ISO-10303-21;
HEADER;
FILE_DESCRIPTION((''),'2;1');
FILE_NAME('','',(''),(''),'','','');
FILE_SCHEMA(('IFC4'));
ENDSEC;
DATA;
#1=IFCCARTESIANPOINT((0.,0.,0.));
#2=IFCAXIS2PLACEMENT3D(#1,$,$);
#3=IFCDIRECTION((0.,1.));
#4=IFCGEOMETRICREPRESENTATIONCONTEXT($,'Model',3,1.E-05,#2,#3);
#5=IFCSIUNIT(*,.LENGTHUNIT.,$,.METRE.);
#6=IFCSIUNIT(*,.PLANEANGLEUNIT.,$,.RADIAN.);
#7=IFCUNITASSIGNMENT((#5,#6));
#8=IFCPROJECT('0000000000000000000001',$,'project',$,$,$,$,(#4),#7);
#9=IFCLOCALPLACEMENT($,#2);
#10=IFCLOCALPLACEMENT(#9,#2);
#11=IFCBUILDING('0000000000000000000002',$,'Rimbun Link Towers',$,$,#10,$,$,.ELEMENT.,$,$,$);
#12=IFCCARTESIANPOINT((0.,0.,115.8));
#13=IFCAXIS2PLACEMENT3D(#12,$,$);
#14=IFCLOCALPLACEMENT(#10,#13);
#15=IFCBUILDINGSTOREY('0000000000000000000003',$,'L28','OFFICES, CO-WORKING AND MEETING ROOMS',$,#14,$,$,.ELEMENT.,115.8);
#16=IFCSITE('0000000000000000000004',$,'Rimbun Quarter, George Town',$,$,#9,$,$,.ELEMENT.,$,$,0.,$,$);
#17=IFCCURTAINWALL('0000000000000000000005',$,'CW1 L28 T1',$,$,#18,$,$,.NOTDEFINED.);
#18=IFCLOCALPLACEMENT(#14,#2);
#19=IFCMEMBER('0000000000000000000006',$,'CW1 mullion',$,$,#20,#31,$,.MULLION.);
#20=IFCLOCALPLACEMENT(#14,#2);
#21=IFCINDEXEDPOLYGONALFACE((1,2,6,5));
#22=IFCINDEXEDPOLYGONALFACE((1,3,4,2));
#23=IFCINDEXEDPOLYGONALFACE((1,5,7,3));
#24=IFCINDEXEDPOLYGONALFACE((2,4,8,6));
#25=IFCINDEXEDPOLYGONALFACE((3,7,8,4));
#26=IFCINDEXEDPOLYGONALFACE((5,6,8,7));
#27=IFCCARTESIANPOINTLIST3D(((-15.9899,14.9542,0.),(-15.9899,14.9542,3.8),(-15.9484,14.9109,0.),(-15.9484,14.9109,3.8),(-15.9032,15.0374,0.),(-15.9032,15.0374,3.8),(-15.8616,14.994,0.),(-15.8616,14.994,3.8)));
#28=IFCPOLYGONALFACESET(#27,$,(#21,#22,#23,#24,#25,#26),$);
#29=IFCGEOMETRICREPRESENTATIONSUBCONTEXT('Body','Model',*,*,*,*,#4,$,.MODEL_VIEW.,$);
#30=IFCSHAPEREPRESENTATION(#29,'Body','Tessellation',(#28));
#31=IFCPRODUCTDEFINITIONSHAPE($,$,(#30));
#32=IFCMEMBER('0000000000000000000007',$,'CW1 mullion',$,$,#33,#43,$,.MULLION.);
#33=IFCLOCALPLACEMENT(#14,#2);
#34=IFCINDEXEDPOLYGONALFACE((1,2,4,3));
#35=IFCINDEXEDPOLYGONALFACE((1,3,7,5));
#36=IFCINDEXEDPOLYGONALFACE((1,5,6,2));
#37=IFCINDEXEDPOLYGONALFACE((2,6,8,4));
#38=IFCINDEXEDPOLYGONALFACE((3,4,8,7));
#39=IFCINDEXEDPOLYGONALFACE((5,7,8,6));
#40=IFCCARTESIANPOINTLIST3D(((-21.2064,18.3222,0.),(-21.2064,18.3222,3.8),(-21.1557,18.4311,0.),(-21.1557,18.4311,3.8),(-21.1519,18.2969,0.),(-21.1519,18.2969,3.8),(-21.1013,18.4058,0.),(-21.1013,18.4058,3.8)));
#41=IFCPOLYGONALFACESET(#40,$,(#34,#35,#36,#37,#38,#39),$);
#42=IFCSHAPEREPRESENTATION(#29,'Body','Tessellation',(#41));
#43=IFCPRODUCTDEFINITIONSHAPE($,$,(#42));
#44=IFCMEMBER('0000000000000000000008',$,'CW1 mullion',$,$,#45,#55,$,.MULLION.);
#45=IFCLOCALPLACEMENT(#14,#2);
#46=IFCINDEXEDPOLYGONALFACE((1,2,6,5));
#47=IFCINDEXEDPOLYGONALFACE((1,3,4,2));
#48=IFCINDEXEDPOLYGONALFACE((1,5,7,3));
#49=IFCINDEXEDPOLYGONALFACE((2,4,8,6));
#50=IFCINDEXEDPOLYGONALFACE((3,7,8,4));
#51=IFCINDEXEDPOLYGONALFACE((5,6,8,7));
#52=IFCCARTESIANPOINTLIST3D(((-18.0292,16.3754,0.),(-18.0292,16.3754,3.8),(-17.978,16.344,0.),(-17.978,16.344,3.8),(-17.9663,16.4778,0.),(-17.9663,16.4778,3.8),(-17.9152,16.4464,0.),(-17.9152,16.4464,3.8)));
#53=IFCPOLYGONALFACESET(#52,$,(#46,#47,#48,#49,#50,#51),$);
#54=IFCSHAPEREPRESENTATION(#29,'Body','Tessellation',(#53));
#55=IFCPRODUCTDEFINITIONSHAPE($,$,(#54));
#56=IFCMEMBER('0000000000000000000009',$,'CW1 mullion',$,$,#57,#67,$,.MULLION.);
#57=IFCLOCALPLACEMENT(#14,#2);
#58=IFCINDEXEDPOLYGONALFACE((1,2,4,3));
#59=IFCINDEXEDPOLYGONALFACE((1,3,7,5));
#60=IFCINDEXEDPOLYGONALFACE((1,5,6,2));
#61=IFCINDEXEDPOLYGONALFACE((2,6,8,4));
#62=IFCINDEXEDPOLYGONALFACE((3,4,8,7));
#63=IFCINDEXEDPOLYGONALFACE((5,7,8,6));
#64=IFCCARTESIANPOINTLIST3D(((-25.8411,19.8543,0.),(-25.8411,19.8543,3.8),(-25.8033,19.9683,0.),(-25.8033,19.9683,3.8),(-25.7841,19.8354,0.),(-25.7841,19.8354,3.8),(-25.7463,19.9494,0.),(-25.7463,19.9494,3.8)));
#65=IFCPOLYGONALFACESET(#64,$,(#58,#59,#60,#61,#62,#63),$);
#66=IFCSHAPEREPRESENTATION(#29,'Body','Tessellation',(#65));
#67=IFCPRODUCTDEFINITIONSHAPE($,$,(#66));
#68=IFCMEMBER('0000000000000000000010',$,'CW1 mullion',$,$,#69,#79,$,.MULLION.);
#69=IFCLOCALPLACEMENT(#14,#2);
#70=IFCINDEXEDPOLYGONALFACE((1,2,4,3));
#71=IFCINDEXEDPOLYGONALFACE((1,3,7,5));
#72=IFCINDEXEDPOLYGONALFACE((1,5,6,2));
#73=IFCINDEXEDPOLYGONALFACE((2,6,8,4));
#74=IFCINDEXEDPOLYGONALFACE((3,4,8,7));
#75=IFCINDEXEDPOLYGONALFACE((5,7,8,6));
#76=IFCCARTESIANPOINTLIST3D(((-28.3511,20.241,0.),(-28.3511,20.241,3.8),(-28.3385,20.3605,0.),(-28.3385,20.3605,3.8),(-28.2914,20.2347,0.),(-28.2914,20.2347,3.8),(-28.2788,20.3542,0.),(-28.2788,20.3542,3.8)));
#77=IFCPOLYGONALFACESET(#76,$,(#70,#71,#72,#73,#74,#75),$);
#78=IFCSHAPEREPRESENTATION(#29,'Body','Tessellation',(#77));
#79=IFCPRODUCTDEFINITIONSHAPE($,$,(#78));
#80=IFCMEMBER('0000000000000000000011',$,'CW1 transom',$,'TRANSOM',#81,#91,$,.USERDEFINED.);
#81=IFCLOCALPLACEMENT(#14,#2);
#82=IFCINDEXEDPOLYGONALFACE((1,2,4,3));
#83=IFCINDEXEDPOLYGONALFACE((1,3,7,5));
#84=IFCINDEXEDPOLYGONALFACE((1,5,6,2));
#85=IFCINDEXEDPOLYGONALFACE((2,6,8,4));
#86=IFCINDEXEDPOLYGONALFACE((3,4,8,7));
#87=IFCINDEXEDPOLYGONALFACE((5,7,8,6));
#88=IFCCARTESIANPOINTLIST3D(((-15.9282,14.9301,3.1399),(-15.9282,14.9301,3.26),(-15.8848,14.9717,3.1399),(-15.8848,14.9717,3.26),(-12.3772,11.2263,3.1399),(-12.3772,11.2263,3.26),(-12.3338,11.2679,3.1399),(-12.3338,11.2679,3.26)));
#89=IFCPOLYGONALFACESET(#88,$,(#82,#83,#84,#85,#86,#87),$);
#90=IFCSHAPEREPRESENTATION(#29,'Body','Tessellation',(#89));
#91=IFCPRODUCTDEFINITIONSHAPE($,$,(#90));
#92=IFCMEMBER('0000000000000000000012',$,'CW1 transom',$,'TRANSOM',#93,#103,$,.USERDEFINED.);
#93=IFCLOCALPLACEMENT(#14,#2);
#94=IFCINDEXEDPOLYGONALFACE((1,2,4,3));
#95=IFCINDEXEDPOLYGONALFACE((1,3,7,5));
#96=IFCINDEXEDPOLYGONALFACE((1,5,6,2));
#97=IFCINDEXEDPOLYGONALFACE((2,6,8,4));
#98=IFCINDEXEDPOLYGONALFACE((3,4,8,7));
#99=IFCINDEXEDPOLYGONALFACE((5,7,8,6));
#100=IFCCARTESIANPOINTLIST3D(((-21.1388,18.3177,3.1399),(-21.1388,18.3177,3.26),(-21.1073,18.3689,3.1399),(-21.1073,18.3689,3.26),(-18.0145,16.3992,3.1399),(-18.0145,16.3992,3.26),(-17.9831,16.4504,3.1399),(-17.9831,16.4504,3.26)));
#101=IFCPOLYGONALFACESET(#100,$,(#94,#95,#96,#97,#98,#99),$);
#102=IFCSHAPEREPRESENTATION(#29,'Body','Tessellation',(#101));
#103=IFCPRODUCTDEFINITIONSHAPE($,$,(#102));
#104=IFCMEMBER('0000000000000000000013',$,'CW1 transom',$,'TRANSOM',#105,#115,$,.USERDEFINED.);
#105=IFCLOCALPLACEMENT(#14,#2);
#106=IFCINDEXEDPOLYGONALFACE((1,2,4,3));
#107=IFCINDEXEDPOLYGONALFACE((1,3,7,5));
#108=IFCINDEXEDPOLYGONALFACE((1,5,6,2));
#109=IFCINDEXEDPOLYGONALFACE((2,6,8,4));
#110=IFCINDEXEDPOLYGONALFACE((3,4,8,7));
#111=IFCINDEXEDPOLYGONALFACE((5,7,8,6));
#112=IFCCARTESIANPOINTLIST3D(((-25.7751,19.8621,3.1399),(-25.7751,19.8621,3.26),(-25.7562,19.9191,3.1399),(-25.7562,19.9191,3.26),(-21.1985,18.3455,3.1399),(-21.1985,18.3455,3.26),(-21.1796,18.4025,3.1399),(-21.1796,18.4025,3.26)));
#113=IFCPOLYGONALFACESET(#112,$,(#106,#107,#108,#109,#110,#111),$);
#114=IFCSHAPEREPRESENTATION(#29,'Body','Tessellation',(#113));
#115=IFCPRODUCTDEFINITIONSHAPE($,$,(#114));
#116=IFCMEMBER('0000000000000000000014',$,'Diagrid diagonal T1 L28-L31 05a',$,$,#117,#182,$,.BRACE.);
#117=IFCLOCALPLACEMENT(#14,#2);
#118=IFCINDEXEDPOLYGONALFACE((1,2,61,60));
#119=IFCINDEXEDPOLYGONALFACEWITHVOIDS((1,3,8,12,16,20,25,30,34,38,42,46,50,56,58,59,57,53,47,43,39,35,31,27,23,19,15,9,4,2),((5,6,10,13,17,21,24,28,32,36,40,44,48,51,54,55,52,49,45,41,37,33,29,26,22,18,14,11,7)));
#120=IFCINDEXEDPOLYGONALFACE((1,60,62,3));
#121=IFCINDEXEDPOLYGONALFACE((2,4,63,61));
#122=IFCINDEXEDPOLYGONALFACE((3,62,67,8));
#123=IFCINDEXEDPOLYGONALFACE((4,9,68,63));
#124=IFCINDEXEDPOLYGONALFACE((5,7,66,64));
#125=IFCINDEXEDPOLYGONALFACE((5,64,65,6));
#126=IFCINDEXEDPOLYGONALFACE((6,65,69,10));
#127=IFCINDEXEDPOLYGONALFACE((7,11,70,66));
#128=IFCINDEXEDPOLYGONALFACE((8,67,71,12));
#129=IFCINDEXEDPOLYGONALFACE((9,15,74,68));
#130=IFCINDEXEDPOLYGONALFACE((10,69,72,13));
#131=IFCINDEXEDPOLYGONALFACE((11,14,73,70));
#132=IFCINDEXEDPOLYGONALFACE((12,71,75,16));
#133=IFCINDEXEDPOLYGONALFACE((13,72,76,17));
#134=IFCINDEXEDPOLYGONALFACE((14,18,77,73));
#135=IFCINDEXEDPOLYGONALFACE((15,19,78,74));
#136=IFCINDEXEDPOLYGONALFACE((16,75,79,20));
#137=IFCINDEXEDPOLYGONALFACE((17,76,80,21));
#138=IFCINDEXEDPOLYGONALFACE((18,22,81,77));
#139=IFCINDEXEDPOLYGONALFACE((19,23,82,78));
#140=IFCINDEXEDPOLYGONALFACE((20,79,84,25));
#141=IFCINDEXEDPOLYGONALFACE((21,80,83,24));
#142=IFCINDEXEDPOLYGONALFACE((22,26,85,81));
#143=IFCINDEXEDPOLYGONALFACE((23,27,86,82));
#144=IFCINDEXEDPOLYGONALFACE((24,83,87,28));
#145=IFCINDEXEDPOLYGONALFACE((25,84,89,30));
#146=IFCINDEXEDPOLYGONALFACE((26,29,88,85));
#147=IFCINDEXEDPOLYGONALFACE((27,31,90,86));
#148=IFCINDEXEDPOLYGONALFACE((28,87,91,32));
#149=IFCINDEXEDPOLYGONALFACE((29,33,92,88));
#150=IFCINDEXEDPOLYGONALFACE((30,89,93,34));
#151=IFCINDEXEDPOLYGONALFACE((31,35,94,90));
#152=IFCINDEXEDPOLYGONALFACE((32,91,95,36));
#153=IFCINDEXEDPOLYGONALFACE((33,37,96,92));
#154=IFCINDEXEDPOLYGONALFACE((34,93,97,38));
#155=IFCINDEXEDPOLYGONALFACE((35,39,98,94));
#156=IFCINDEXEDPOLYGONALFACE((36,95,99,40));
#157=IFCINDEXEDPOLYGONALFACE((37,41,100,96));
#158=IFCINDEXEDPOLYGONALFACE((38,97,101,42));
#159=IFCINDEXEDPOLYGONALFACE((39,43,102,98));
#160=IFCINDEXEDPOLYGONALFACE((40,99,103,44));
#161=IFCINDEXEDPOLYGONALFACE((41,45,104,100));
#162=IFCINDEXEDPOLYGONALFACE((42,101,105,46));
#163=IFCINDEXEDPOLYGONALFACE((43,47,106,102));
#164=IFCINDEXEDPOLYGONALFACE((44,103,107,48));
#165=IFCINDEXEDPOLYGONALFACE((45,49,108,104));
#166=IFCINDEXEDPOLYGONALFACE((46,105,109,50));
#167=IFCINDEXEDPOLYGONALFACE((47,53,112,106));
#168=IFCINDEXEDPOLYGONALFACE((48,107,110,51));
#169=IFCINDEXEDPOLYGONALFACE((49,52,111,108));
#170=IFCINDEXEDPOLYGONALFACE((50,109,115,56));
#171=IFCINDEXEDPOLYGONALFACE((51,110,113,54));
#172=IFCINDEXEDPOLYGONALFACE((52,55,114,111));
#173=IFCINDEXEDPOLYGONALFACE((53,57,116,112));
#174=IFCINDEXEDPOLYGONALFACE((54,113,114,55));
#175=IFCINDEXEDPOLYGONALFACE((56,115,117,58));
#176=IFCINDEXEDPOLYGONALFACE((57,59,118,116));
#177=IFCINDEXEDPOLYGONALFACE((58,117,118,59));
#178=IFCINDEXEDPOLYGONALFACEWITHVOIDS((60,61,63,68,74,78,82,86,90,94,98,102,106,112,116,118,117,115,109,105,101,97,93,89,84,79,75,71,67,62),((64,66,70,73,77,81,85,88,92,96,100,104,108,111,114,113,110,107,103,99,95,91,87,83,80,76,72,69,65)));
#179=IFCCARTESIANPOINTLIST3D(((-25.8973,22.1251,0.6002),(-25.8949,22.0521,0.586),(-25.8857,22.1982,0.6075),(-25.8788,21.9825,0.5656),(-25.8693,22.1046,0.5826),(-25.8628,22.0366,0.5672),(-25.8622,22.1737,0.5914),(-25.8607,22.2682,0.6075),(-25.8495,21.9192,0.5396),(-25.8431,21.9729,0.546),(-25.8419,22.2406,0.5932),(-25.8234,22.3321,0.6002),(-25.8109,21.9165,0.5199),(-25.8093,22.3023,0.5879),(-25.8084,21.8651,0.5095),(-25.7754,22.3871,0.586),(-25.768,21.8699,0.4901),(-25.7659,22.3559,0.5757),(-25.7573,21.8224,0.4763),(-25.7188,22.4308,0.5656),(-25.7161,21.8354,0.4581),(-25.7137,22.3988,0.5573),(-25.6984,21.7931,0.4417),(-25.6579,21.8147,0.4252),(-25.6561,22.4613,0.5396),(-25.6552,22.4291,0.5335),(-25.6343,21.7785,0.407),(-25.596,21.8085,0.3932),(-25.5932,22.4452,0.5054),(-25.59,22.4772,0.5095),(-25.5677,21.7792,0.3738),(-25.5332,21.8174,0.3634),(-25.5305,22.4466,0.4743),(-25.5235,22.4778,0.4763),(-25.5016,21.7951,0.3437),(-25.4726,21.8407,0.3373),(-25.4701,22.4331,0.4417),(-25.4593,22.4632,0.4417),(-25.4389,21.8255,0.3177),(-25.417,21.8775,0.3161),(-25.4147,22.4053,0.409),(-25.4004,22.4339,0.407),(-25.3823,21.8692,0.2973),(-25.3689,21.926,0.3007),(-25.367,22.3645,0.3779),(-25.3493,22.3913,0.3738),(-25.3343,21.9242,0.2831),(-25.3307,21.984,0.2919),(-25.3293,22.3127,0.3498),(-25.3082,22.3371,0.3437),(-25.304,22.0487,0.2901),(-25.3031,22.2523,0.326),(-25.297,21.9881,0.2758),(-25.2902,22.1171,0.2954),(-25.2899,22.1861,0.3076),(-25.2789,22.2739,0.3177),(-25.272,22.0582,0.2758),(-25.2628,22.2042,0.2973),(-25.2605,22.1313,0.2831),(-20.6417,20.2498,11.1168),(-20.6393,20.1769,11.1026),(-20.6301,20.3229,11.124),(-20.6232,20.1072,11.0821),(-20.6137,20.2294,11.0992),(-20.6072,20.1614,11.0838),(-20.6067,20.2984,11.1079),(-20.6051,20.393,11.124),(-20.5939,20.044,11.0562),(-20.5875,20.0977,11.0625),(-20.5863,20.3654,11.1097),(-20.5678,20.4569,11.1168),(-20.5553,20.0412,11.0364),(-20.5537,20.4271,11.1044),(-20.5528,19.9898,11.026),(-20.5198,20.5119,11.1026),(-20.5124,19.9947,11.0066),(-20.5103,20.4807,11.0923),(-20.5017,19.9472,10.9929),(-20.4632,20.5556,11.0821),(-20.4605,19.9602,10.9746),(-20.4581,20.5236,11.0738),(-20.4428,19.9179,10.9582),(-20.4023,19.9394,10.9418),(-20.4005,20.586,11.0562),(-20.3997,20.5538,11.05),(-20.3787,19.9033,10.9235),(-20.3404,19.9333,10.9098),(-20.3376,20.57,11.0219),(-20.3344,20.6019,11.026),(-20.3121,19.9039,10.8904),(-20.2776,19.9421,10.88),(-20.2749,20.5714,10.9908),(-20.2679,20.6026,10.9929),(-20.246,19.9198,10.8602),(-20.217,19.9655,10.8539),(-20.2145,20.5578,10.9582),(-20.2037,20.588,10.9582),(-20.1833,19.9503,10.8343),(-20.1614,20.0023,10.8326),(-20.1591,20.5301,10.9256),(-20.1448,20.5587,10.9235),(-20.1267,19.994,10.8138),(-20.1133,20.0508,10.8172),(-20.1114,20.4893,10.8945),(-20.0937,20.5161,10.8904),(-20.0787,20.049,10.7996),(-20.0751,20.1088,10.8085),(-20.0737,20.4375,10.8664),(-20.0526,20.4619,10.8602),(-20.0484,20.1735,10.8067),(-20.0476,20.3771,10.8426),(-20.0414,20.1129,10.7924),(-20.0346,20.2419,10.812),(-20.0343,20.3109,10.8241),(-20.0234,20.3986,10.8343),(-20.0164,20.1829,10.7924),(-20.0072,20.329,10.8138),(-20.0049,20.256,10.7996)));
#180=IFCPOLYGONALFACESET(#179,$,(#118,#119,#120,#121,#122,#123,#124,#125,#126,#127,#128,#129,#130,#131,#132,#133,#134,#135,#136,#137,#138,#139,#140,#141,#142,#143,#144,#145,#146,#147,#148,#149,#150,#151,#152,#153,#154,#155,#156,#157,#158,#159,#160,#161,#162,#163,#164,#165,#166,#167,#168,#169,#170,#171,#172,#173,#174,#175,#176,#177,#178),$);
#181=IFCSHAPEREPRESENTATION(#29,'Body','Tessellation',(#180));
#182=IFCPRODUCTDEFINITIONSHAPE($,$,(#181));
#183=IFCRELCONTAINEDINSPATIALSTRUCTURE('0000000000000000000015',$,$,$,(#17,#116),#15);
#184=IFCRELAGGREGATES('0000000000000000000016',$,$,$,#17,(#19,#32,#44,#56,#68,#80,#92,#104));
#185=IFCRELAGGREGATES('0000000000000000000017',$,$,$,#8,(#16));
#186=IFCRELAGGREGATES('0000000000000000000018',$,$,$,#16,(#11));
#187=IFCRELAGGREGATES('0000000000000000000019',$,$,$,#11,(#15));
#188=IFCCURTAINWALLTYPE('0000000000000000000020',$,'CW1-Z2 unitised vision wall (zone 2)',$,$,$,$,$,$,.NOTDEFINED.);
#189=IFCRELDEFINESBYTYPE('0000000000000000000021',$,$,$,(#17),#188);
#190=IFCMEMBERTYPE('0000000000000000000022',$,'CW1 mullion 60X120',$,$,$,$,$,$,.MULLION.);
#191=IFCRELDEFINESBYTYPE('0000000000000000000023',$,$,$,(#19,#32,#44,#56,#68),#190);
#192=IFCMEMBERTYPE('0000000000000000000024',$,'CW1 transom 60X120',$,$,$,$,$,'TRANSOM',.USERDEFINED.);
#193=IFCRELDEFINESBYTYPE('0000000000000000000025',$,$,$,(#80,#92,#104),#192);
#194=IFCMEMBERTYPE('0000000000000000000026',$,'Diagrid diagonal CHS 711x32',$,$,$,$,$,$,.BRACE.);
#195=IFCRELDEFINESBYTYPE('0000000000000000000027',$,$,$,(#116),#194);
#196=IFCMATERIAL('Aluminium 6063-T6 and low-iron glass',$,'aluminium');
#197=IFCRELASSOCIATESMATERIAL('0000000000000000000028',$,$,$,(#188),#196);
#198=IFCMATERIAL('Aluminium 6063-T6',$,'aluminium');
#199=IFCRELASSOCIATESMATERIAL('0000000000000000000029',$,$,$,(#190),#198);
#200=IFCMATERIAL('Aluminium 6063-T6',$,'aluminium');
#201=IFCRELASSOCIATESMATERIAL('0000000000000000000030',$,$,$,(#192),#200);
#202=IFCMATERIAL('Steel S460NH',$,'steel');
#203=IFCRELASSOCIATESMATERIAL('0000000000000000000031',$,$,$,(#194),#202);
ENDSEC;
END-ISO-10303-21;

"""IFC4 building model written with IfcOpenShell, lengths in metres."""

from ifc_helpers import new_model, si_unit, direction, frame, origin, origin_2d, place, context, subcontext, project, spatial, rectangle, hollow_circle, extrude, material, material_profile, profile_set, type_object, element, aggregate, save


model = new_model("IFC4")

# Units and contexts
model_context = context("Model", 3, precision=1e-05, world=origin(), true_north=direction((0.0, 1.0)))
body_context = subcontext(model_context, "Body", "Model", "MODEL_VIEW")
ifc_project = project(units=[si_unit("LENGTHUNIT", "METRE"), si_unit("PLANEANGLEUNIT", "RADIAN")], contexts=[model_context])

# Site, building, storey
site_placement = place(None, origin())
site = spatial("IfcSite", under=ifc_project, at=site_placement, Name="Rimbun Quarter, George Town", CompositionType="ELEMENT", RefElevation=0.0)
building_placement = place(site_placement, origin())
building = spatial("IfcBuilding", under=site, at=building_placement, Name="Rimbun Link Towers", CompositionType="ELEMENT")
storey_placement = place(building_placement, frame((0.0, 0.0, 115.8)))
storey = spatial("IfcBuildingStorey", under=building, at=storey_placement, Name="L28", Description="OFFICES, CO-WORKING AND MEETING ROOMS", CompositionType="ELEMENT", Elevation=115.8)

# Curtain wall, members
ifc_material_1 = material(Name="Aluminium 6063-T6 and low-iron glass", Category="aluminium")
curtain_wall_type = type_object("IfcCurtainWallType", Name="CW1-Z2 unitised vision wall (zone 2)", PredefinedType="NOTDEFINED", material=ifc_material_1)
curtain_wall_placement = place(storey_placement, origin())
curtain_wall = element("IfcCurtainWall", 1, at=curtain_wall_placement, inside=storey, type_object=curtain_wall_type, Name="CW1 L28 T1", PredefinedType="NOTDEFINED")
ifc_material_2 = material(Name="Aluminium 6063-T6", Category="aluminium")
ifc_material_profile_1 = material_profile(ifc_material_2, rectangle(XDim=0.1201, YDim=0.0601, at=origin_2d()), Name="MULLION 60X120")
ifc_profile_set_1 = profile_set([ifc_material_profile_1], Name="Aluminium 6063-T6")
member_type_1 = type_object("IfcMemberType", Name="CW1 mullion 60X120", PredefinedType="MULLION", material=ifc_profile_set_1)
member_1_placement = place(storey_placement, frame((-15.9258, 14.9741, 0.0), z_axis=(0.0, 0.0, 1.0), x_axis=(0.721835, 0.692065, 0.0)))
member_1 = element("IfcMember", 2, at=member_1_placement, type_object=member_type_1, Name="CW1 mullion", PredefinedType="MULLION", context=body_context, shape_type="SweptSolid", body=[
    extrude(rectangle(XDim=0.1201, YDim=0.0601, at=origin_2d()), origin(), (0.0, 0.0, 1.0), 3.8),
])
member_2_placement = place(storey_placement, frame((-21.1538, 18.364, 0.0), z_axis=(0.0, 0.0, 1.0), x_axis=(0.421705, 0.906733, 0.0)))
member_2 = element("IfcMember", 3, at=member_2_placement, type_object=member_type_1, Name="CW1 mullion", PredefinedType="MULLION", context=body_context, shape_type="SweptSolid", body=[
    extrude(rectangle(XDim=0.1201, YDim=0.0601, at=origin_2d()), origin(), (0.0, 0.0, 1.0), 3.8),
])
member_3_placement = place(storey_placement, frame((-17.9722, 16.4109, 0.0), z_axis=(0.0, 0.0, 1.0), x_axis=(0.523243, 0.852183, 0.0)))
member_3 = element("IfcMember", 4, at=member_3_placement, type_object=member_type_1, Name="CW1 mullion", PredefinedType="MULLION", context=body_context, shape_type="SweptSolid", body=[
    extrude(rectangle(XDim=0.1201, YDim=0.0601, at=origin_2d()), origin(), (0.0, 0.0, 1.0), 3.8),
])
member_4_placement = place(storey_placement, frame((-25.7937, 19.9019, 0.0), z_axis=(0.0, 0.0, 1.0), x_axis=(0.314563, 0.949236, 0.0)))
member_4 = element("IfcMember", 5, at=member_4_placement, type_object=member_type_1, Name="CW1 mullion", PredefinedType="MULLION", context=body_context, shape_type="SweptSolid", body=[
    extrude(rectangle(XDim=0.1201, YDim=0.0601, at=origin_2d()), origin(), (0.0, 0.0, 1.0), 3.8),
])
member_5_placement = place(storey_placement, frame((-28.3149, 20.2976, 0.0), z_axis=(0.0, 0.0, 1.0), x_axis=(0.104748, 0.994499, 0.0)))
member_5 = element("IfcMember", 6, at=member_5_placement, type_object=member_type_1, Name="CW1 mullion", PredefinedType="MULLION", context=body_context, shape_type="SweptSolid", body=[
    extrude(rectangle(XDim=0.1201, YDim=0.0601, at=origin_2d()), origin(), (0.0, 0.0, 1.0), 3.8),
])
ifc_material_3 = material(Name="Aluminium 6063-T6", Category="aluminium")
ifc_material_profile_2 = material_profile(ifc_material_3, rectangle(XDim=0.0601, YDim=0.1201, at=origin_2d()), Name="TRANSOM 60X120")
ifc_profile_set_2 = profile_set([ifc_material_profile_2], Name="Aluminium 6063-T6")
member_type_2 = type_object("IfcMemberType", Name="CW1 transom 60X120", ElementType="TRANSOM", PredefinedType="USERDEFINED", material=ifc_profile_set_2)
member_6_placement = place(storey_placement, frame((-15.9065, 14.9509, 3.2), z_axis=(0.692057, -0.721843, 0.0), x_axis=(0.721843, 0.692057, 0.0)))
member_6 = element("IfcMember", 7, at=member_6_placement, type_object=member_type_2, Name="CW1 transom", ObjectType="TRANSOM", PredefinedType="USERDEFINED", context=body_context, shape_type="SweptSolid", body=[
    extrude(rectangle(XDim=0.0601, YDim=0.1201, at=origin_2d()), origin(), (0.0, 0.0, 1.0), 5.1311),
])
member_7_placement = place(storey_placement, frame((-21.123, 18.3433, 3.2), z_axis=(0.852165, -0.523272, 0.0), x_axis=(0.523272, 0.852165, 0.0)))
member_7 = element("IfcMember", 8, at=member_7_placement, type_object=member_type_2, Name="CW1 transom", ObjectType="TRANSOM", PredefinedType="USERDEFINED", context=body_context, shape_type="SweptSolid", body=[
    extrude(rectangle(XDim=0.0601, YDim=0.1201, at=origin_2d()), origin(), (0.0, 0.0, 1.0), 3.6663),
])
member_8_placement = place(storey_placement, frame((-25.7656, 19.8906, 3.2), z_axis=(0.949234, -0.314571, 0.0), x_axis=(0.314571, 0.949234, 0.0)))
member_8 = element("IfcMember", 9, at=member_8_placement, type_object=member_type_2, Name="CW1 transom", ObjectType="TRANSOM", PredefinedType="USERDEFINED", context=body_context, shape_type="SweptSolid", body=[
    extrude(rectangle(XDim=0.0601, YDim=0.1201, at=origin_2d()), origin(), (0.0, 0.0, 1.0), 4.8213),
])

# Member
ifc_material_4 = material(Name="Steel S460NH", Category="steel")
ifc_material_profile_3 = material_profile(ifc_material_4, hollow_circle(Radius=0.3557, WallThickness=0.032, at=origin_2d()), Name="Diagrid diagonal CHS 711x32")
ifc_profile_set_3 = profile_set([ifc_material_profile_3], Name="Steel S460NH")
member_type_3 = type_object("IfcMemberType", Name="Diagrid diagonal CHS 711x32", PredefinedType="BRACE", material=ifc_profile_set_3)
member_9_placement = place(storey_placement, frame((-25.5789, 22.1282, 0.4417), z_axis=(0.441451, -0.157513, 0.883352), x_axis=(0.336056, 0.941842, 0.0)))
element("IfcMember", 10, at=member_9_placement, inside=storey, type_object=member_type_3, Name="Diagrid diagonal T1 L28-L31 05a", PredefinedType="BRACE", context=body_context, shape_type="SweptSolid", body=[
    extrude(hollow_circle(Radius=0.3557, WallThickness=0.032, at=origin_2d()), origin(), (0.0, 0.0, 1.0), 11.9053),
])

aggregate(curtain_wall, [member_1, member_2, member_3, member_4, member_5, member_6, member_7, member_8])

save(model, "model.ifc")
